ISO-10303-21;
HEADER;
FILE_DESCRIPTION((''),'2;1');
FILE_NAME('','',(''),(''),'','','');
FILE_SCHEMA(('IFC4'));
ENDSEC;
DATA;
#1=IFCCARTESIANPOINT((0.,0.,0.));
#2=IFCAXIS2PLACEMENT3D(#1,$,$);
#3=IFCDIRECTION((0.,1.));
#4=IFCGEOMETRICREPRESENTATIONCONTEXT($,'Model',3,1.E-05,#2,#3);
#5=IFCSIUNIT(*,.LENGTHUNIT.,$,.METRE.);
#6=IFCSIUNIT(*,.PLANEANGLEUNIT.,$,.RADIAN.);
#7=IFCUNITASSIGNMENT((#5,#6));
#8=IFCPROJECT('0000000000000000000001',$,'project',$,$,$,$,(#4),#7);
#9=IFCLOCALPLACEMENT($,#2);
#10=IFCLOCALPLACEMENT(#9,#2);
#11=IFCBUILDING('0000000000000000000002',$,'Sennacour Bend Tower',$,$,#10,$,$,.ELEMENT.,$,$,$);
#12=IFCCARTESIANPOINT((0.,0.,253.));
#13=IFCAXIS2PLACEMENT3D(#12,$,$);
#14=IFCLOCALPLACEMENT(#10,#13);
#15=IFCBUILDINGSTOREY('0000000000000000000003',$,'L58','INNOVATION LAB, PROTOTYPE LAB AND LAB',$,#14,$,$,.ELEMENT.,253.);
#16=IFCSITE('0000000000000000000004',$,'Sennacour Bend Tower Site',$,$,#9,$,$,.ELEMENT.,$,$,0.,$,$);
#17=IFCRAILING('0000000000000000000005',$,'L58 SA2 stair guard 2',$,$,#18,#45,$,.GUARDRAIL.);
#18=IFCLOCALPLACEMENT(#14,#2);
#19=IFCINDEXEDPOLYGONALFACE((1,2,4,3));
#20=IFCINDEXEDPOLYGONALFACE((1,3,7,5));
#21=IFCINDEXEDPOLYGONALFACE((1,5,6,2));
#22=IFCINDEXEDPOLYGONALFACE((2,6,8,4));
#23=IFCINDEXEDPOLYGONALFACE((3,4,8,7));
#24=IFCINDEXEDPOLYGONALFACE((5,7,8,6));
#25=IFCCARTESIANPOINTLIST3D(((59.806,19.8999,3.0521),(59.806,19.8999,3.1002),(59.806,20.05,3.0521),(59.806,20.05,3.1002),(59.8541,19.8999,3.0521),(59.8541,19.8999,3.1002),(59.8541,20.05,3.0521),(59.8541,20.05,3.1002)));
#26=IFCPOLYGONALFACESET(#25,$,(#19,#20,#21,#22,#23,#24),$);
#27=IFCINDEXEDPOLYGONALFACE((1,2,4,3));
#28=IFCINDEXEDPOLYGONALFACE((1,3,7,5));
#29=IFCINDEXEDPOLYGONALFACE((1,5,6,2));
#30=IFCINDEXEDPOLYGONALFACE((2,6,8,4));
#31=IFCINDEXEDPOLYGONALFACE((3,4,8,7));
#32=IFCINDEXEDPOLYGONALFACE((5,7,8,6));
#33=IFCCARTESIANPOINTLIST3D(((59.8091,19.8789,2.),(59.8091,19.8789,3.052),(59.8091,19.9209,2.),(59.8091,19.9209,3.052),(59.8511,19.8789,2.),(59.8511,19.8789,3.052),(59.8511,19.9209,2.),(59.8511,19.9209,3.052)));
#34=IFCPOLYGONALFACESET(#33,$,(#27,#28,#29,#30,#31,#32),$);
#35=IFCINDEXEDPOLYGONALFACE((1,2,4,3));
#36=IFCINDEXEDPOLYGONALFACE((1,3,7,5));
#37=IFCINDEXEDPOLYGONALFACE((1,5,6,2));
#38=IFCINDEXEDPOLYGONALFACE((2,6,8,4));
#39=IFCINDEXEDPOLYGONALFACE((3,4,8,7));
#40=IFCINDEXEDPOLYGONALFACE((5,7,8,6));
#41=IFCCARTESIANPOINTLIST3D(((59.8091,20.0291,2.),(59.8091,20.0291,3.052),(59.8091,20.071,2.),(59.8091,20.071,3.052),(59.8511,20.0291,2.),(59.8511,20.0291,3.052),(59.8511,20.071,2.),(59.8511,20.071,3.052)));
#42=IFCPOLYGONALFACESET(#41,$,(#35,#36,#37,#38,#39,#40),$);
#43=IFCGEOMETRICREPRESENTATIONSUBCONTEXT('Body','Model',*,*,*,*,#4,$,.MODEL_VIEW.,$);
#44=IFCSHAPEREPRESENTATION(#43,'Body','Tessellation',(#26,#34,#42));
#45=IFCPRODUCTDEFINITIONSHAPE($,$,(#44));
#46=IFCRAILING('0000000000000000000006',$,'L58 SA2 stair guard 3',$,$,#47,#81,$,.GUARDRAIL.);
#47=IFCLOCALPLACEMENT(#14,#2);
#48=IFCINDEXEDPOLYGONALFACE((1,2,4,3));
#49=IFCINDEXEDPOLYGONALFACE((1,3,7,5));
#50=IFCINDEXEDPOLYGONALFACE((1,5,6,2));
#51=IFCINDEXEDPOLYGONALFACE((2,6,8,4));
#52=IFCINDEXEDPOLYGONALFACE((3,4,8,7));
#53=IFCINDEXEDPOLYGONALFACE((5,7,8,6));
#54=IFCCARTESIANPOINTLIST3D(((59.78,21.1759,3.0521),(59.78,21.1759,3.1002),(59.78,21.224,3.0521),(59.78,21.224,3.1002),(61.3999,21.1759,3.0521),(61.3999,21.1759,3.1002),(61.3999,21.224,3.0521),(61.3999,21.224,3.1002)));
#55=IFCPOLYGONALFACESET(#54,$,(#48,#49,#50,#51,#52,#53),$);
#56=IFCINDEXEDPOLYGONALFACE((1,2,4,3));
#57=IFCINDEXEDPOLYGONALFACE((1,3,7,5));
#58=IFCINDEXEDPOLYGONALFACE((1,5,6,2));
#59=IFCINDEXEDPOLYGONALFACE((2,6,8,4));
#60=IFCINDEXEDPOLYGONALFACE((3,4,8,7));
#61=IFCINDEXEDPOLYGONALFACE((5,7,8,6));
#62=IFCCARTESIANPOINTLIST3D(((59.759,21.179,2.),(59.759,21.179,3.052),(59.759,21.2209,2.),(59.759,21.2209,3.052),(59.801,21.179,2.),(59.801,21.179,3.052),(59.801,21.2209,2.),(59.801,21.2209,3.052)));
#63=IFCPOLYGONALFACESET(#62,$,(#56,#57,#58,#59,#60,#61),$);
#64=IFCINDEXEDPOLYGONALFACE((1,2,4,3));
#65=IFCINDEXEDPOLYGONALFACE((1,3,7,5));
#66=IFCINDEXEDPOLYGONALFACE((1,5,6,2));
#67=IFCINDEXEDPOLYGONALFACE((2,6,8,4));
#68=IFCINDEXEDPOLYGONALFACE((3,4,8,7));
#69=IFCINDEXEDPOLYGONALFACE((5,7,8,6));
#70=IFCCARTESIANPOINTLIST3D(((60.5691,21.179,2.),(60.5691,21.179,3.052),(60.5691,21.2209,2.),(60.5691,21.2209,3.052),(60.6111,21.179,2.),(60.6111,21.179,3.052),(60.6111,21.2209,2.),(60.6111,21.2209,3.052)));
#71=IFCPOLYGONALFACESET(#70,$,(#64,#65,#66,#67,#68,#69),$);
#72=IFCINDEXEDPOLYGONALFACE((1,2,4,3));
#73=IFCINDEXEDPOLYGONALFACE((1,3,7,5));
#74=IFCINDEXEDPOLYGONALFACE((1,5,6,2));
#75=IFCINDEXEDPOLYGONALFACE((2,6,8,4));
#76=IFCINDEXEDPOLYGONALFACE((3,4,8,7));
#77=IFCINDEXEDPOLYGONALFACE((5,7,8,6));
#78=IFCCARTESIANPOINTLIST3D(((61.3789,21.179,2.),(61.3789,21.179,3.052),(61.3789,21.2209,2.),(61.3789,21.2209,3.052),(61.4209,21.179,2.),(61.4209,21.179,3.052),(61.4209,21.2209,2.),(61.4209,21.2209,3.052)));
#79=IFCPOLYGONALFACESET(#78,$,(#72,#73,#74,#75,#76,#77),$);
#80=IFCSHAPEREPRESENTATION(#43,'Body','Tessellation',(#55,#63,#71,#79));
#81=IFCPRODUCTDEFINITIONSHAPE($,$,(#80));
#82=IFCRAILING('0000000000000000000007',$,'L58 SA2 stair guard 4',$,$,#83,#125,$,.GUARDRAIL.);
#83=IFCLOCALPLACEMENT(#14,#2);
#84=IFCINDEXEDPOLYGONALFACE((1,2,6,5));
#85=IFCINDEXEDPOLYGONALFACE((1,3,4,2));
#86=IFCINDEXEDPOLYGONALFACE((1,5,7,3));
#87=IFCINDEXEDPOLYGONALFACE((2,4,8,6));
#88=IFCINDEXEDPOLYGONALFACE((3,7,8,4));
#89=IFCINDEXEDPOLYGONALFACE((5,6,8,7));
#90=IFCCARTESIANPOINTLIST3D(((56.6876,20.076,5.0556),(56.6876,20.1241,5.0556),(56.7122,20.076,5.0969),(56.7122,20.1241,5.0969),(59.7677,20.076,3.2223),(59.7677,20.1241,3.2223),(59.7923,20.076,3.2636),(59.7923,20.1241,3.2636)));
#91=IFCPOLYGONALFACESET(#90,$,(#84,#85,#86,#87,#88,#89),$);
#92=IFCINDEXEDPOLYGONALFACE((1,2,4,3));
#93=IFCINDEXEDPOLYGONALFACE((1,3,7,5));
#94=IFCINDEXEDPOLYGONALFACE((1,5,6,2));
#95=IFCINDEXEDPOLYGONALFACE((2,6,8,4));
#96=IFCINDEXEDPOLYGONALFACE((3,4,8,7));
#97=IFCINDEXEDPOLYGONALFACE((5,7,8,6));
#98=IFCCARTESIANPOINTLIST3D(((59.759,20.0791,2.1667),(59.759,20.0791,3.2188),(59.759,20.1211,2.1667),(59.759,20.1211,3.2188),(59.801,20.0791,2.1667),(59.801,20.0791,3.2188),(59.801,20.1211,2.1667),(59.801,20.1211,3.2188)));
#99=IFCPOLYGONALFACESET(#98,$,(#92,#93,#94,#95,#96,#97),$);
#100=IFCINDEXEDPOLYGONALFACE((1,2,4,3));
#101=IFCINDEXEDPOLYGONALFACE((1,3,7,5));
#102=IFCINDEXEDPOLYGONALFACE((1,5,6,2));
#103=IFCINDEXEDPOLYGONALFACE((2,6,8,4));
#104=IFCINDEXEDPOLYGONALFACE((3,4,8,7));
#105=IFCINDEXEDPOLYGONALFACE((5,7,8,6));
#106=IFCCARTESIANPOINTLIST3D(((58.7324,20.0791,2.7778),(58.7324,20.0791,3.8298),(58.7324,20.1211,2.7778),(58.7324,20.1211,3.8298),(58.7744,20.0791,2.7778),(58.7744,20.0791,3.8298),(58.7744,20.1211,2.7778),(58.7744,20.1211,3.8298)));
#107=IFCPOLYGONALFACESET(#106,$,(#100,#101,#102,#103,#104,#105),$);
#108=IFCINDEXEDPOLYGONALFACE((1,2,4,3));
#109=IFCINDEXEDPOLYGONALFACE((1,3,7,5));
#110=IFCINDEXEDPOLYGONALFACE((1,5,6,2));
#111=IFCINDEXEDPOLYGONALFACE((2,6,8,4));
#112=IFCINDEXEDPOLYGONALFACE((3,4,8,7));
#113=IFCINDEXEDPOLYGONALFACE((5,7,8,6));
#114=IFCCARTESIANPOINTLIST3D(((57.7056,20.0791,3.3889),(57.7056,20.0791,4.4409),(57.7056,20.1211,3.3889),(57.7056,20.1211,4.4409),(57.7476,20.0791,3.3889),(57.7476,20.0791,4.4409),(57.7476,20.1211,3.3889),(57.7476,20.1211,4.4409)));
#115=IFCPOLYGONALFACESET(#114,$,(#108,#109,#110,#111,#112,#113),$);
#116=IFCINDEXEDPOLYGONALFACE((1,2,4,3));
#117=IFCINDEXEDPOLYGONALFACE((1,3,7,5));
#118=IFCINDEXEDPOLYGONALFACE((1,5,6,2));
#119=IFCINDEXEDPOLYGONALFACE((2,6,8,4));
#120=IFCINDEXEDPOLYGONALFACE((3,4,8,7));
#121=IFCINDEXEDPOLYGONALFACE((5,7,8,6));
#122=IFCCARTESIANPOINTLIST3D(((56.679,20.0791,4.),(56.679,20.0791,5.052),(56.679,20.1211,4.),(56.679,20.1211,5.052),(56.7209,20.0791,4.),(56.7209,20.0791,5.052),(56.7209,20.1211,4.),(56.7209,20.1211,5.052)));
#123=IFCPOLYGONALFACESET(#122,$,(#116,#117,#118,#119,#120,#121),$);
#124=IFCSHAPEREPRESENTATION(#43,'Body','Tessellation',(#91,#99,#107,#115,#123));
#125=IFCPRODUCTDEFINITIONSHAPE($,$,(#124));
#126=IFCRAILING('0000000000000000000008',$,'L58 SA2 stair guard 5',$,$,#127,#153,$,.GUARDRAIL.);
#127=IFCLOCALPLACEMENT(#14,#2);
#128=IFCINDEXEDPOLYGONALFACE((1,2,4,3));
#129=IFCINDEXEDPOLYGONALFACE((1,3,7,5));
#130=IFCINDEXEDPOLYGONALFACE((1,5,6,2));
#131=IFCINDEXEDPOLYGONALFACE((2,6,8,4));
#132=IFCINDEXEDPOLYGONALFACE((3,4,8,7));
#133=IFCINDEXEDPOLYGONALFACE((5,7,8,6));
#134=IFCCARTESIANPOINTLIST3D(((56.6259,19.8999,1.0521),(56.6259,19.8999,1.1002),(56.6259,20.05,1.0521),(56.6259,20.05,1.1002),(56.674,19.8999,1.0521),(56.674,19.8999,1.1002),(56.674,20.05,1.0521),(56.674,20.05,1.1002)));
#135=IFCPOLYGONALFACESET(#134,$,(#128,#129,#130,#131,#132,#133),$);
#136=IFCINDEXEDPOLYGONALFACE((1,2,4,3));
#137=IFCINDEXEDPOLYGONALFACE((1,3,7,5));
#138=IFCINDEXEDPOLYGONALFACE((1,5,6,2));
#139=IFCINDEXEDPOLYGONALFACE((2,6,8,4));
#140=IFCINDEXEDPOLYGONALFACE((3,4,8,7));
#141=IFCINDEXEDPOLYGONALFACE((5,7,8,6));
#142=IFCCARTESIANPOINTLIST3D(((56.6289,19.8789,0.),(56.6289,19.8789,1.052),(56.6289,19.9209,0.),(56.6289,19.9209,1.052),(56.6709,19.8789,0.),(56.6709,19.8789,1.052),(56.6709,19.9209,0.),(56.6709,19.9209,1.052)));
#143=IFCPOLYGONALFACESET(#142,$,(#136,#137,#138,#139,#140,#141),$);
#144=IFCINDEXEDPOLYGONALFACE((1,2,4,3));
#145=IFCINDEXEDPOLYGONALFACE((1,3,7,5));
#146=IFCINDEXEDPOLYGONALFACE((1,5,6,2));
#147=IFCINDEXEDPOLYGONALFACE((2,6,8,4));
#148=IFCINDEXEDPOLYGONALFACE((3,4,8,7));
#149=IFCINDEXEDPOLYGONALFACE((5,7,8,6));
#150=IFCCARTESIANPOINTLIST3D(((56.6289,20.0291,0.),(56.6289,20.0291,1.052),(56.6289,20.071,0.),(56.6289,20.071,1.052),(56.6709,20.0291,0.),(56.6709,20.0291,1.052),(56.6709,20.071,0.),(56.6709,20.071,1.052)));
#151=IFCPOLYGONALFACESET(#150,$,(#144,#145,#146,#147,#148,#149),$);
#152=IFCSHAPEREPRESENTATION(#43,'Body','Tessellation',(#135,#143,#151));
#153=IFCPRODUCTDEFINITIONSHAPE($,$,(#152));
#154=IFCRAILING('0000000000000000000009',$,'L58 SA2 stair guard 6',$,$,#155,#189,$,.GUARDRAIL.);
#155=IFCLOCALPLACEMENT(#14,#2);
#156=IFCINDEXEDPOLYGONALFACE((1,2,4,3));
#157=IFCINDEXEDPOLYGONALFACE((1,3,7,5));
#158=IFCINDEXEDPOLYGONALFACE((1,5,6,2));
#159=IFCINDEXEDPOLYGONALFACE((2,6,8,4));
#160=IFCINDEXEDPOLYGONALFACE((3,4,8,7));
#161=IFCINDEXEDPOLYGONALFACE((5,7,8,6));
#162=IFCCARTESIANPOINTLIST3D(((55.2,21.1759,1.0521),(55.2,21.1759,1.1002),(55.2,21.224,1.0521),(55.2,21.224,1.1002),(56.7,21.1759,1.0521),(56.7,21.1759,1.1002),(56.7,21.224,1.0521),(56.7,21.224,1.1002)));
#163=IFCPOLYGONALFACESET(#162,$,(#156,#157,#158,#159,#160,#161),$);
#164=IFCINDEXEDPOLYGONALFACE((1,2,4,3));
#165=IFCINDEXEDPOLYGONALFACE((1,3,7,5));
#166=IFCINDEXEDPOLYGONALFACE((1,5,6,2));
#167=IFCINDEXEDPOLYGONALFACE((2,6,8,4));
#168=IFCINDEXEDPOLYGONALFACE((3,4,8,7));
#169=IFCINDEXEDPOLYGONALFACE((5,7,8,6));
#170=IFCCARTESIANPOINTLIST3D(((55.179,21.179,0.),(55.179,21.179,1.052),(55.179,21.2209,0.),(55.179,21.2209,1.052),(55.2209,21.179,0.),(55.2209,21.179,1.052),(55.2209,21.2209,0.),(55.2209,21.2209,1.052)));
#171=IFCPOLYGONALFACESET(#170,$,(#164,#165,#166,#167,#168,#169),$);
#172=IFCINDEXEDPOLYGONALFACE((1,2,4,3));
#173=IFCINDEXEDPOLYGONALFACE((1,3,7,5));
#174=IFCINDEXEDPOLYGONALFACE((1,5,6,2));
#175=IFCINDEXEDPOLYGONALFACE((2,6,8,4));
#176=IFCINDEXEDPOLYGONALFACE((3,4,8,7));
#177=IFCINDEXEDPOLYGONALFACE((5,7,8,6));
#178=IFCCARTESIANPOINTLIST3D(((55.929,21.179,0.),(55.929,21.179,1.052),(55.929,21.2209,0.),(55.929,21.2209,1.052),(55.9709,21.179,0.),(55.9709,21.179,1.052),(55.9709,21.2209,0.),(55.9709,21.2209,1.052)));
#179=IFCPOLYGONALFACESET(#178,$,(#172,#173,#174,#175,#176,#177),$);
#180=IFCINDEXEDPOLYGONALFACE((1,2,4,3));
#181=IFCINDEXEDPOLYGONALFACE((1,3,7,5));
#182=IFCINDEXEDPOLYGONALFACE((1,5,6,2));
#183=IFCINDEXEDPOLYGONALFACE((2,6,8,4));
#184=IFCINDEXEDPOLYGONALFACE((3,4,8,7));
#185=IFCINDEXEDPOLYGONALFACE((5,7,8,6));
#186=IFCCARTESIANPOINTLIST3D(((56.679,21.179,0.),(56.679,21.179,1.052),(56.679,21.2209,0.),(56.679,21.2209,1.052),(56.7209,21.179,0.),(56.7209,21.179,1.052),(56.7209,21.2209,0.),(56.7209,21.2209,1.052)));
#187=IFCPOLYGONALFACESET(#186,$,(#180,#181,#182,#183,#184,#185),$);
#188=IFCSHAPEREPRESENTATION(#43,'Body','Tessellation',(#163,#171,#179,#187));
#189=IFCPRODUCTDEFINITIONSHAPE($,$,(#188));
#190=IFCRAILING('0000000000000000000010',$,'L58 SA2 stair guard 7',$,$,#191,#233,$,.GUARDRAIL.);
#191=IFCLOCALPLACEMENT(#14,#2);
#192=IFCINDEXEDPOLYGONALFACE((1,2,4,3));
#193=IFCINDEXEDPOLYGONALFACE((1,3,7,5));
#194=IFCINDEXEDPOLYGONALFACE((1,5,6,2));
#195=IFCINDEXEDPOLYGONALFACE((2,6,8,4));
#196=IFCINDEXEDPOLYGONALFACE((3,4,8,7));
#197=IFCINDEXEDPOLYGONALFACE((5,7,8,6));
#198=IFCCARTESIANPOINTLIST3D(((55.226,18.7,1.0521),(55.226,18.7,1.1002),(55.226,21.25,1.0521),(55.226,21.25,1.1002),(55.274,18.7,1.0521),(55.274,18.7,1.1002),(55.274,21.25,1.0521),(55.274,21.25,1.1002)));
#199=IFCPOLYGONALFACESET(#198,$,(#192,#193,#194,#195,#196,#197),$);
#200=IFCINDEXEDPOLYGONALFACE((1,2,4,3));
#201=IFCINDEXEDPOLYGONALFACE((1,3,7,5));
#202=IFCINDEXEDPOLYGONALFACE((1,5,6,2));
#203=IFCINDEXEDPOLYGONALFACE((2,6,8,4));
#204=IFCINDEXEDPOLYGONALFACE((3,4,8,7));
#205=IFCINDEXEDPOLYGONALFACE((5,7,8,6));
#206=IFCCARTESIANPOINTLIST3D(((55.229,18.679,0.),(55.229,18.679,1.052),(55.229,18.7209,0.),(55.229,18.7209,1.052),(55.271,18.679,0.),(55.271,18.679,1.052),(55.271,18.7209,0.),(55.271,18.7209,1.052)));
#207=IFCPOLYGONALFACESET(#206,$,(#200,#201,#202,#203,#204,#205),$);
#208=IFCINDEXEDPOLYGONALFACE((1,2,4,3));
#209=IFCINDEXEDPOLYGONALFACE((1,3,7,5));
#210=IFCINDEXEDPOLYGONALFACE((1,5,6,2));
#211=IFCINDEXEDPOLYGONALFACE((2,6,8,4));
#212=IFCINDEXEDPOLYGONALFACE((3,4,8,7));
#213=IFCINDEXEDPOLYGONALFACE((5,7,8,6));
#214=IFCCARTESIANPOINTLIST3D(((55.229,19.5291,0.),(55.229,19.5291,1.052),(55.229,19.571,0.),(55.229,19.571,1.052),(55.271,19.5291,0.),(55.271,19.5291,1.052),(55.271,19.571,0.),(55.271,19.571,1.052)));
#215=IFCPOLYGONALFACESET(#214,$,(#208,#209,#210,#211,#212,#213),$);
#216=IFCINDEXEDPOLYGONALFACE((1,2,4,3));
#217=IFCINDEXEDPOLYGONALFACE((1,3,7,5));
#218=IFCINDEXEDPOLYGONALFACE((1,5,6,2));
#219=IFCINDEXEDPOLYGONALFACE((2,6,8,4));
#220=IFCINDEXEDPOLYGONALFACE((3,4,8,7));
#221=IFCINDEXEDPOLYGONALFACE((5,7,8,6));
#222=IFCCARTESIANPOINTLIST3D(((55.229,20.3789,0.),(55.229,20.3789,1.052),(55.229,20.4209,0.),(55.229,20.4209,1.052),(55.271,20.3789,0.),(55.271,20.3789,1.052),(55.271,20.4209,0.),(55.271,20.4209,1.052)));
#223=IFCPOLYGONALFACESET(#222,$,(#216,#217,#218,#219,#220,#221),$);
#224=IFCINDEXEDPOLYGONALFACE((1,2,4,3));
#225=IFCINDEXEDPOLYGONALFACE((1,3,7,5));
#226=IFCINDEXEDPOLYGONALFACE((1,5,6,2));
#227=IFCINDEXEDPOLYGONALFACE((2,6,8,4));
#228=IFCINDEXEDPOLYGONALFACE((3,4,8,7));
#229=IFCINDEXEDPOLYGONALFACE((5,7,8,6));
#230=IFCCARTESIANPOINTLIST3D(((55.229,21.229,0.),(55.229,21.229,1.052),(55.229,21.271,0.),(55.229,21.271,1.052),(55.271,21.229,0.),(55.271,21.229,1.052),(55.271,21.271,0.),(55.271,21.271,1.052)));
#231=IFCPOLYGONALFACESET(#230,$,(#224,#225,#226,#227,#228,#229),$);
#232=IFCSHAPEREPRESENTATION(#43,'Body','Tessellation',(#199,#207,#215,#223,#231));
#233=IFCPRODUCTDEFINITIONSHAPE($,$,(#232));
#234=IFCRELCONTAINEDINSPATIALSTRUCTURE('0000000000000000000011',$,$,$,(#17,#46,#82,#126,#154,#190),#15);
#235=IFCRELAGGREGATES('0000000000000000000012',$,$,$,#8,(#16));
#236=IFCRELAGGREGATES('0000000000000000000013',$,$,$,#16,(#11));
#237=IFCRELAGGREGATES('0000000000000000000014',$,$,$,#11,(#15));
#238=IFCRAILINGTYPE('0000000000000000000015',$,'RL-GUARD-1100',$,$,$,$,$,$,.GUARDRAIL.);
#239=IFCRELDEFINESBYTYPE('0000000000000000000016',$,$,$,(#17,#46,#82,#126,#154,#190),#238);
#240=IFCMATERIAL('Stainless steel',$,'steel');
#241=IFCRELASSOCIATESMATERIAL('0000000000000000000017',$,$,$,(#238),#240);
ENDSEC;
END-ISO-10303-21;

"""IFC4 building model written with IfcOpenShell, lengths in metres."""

from ifc_helpers import new_model, si_unit, direction, frame, origin, origin_2d, place, context, subcontext, project, spatial, rectangle, extrude, material, type_object, element, save


model = new_model("IFC4")

# Units and contexts
model_context = context("Model", 3, precision=1e-05, world=origin(), true_north=direction((0.0, 1.0)))
body_context = subcontext(model_context, "Body", "Model", "MODEL_VIEW")
ifc_project = project(units=[si_unit("LENGTHUNIT", "METRE"), si_unit("PLANEANGLEUNIT", "RADIAN")], contexts=[model_context])

# Site, building, storey
site_placement = place(None, origin())
site = spatial("IfcSite", under=ifc_project, at=site_placement, Name="Sennacour Bend Tower Site", CompositionType="ELEMENT", RefElevation=0.0)
building_placement = place(site_placement, origin())
building = spatial("IfcBuilding", under=site, at=building_placement, Name="Sennacour Bend Tower", CompositionType="ELEMENT")
storey_placement = place(building_placement, frame((0.0, 0.0, 253.0)))
storey = spatial("IfcBuildingStorey", under=building, at=storey_placement, Name="L58", Description="INNOVATION LAB, PROTOTYPE LAB AND LAB", CompositionType="ELEMENT", Elevation=253.0)

# Railings
ifc_material_1 = material(Name="Stainless steel", Category="steel")
railing_type_1 = type_object("IfcRailingType", Name="RL-GUARD-1100", PredefinedType="GUARDRAIL", material=ifc_material_1)
railing_1_placement = place(storey_placement, frame((59.8301, 19.8999, 2.0)))
element("IfcRailing", 1, at=railing_1_placement, inside=storey, type_object=railing_type_1, Name="L58 SA2 stair guard 2", PredefinedType="GUARDRAIL", context=body_context, shape_type="SweptSolid", body=[
    extrude(rectangle(XDim=0.0481, YDim=0.0481, at=origin_2d()), frame((0.0, 0.0, 1.0762), z_axis=(0.0, 1.0, 0.0), x_axis=(-1.0, 0.0, 0.0)), (0.0, 0.0, 1.0), 0.1501),
    extrude(rectangle(XDim=0.042, YDim=0.042, at=origin_2d()), origin(), (0.0, 0.0, 1.0), 1.052),
    extrude(rectangle(XDim=0.042, YDim=0.042, at=origin_2d()), frame((0.0, 0.1501, 0.0)), (0.0, 0.0, 1.0), 1.052),
])
railing_2_placement = place(storey_placement, frame((59.78, 21.2, 2.0)))
element("IfcRailing", 2, at=railing_2_placement, inside=storey, type_object=railing_type_1, Name="L58 SA2 stair guard 3", PredefinedType="GUARDRAIL", context=body_context, shape_type="SweptSolid", body=[
    extrude(rectangle(XDim=0.0481, YDim=0.0481, at=origin_2d()), frame((0.0, 0.0, 1.0762), z_axis=(1.0, 0.0, 0.0), x_axis=(0.0, 1.0, 0.0)), (0.0, 0.0, 1.0), 1.6199),
    extrude(rectangle(XDim=0.042, YDim=0.042, at=origin_2d()), origin(), (0.0, 0.0, 1.0), 1.052),
    extrude(rectangle(XDim=0.042, YDim=0.042, at=origin_2d()), frame((0.8101, 0.0, 0.0)), (0.0, 0.0, 1.0), 1.052),
    extrude(rectangle(XDim=0.042, YDim=0.042, at=origin_2d()), frame((1.6199, 0.0, 0.0)), (0.0, 0.0, 1.0), 1.052),
])
railing_3_placement = place(storey_placement, frame((59.78, 20.1001, 2.1667)))
element("IfcRailing", 3, at=railing_3_placement, inside=storey, type_object=railing_type_1, Name="L58 SA2 stair guard 4", PredefinedType="GUARDRAIL", context=body_context, shape_type="SweptSolid", body=[
    extrude(rectangle(XDim=0.0481, YDim=0.0481, at=origin_2d()), frame((0.0, 0.0, 1.0762), z_axis=(-0.859309, 0.0, 0.511458), x_axis=(0.0, -1.0, 0.0)), (0.0, 0.0, 1.0), 3.5845),
    extrude(rectangle(XDim=0.042, YDim=0.042, at=origin_2d()), origin(), (0.0, 0.0, 1.0), 1.052),
    extrude(rectangle(XDim=0.042, YDim=0.042, at=origin_2d()), frame((-1.0266, 0.0, 0.6111)), (0.0, 0.0, 1.0), 1.052),
    extrude(rectangle(XDim=0.042, YDim=0.042, at=origin_2d()), frame((-2.0535, 0.0, 1.2222)), (0.0, 0.0, 1.0), 1.052),
    extrude(rectangle(XDim=0.042, YDim=0.042, at=origin_2d()), frame((-3.0801, 0.0, 1.8333)), (0.0, 0.0, 1.0), 1.052),
])
railing_4_placement = place(storey_placement, frame((56.6499, 19.8999, 0.0)))
element("IfcRailing", 4, at=railing_4_placement, inside=storey, type_object=railing_type_1, Name="L58 SA2 stair guard 5", PredefinedType="GUARDRAIL", context=body_context, shape_type="SweptSolid", body=[
    extrude(rectangle(XDim=0.0481, YDim=0.0481, at=origin_2d()), frame((0.0, 0.0, 1.0762), z_axis=(0.0, 1.0, 0.0), x_axis=(-1.0, 0.0, 0.0)), (0.0, 0.0, 1.0), 0.1501),
    extrude(rectangle(XDim=0.042, YDim=0.042, at=origin_2d()), origin(), (0.0, 0.0, 1.0), 1.052),
    extrude(rectangle(XDim=0.042, YDim=0.042, at=origin_2d()), frame((0.0, 0.1501, 0.0)), (0.0, 0.0, 1.0), 1.052),
])
railing_5_placement = place(storey_placement, frame((55.2, 21.2, 0.0)))
element("IfcRailing", 5, at=railing_5_placement, inside=storey, type_object=railing_type_1, Name="L58 SA2 stair guard 6", PredefinedType="GUARDRAIL", context=body_context, shape_type="SweptSolid", body=[
    extrude(rectangle(XDim=0.0481, YDim=0.0481, at=origin_2d()), frame((0.0, 0.0, 1.0762), z_axis=(1.0, 0.0, 0.0), x_axis=(0.0, 1.0, 0.0)), (0.0, 0.0, 1.0), 1.5),
    extrude(rectangle(XDim=0.042, YDim=0.042, at=origin_2d()), origin(), (0.0, 0.0, 1.0), 1.052),
    extrude(rectangle(XDim=0.042, YDim=0.042, at=origin_2d()), frame((0.75, 0.0, 0.0)), (0.0, 0.0, 1.0), 1.052),
    extrude(rectangle(XDim=0.042, YDim=0.042, at=origin_2d()), frame((1.5, 0.0, 0.0)), (0.0, 0.0, 1.0), 1.052),
])
railing_6_placement = place(storey_placement, frame((55.25, 18.7, 0.0)))
element("IfcRailing", 6, at=railing_6_placement, inside=storey, type_object=railing_type_1, Name="L58 SA2 stair guard 7", PredefinedType="GUARDRAIL", context=body_context, shape_type="SweptSolid", body=[
    extrude(rectangle(XDim=0.0481, YDim=0.0481, at=origin_2d()), frame((0.0, 0.0, 1.0762), z_axis=(0.0, 1.0, 0.0), x_axis=(-1.0, 0.0, 0.0)), (0.0, 0.0, 1.0), 2.55),
    extrude(rectangle(XDim=0.042, YDim=0.042, at=origin_2d()), origin(), (0.0, 0.0, 1.0), 1.052),
    extrude(rectangle(XDim=0.042, YDim=0.042, at=origin_2d()), frame((0.0, 0.8501, 0.0)), (0.0, 0.0, 1.0), 1.052),
    extrude(rectangle(XDim=0.042, YDim=0.042, at=origin_2d()), frame((0.0, 1.7, 0.0)), (0.0, 0.0, 1.0), 1.052),
    extrude(rectangle(XDim=0.042, YDim=0.042, at=origin_2d()), frame((0.0, 2.55, 0.0)), (0.0, 0.0, 1.0), 1.052),
])

save(model, "model.ifc")
